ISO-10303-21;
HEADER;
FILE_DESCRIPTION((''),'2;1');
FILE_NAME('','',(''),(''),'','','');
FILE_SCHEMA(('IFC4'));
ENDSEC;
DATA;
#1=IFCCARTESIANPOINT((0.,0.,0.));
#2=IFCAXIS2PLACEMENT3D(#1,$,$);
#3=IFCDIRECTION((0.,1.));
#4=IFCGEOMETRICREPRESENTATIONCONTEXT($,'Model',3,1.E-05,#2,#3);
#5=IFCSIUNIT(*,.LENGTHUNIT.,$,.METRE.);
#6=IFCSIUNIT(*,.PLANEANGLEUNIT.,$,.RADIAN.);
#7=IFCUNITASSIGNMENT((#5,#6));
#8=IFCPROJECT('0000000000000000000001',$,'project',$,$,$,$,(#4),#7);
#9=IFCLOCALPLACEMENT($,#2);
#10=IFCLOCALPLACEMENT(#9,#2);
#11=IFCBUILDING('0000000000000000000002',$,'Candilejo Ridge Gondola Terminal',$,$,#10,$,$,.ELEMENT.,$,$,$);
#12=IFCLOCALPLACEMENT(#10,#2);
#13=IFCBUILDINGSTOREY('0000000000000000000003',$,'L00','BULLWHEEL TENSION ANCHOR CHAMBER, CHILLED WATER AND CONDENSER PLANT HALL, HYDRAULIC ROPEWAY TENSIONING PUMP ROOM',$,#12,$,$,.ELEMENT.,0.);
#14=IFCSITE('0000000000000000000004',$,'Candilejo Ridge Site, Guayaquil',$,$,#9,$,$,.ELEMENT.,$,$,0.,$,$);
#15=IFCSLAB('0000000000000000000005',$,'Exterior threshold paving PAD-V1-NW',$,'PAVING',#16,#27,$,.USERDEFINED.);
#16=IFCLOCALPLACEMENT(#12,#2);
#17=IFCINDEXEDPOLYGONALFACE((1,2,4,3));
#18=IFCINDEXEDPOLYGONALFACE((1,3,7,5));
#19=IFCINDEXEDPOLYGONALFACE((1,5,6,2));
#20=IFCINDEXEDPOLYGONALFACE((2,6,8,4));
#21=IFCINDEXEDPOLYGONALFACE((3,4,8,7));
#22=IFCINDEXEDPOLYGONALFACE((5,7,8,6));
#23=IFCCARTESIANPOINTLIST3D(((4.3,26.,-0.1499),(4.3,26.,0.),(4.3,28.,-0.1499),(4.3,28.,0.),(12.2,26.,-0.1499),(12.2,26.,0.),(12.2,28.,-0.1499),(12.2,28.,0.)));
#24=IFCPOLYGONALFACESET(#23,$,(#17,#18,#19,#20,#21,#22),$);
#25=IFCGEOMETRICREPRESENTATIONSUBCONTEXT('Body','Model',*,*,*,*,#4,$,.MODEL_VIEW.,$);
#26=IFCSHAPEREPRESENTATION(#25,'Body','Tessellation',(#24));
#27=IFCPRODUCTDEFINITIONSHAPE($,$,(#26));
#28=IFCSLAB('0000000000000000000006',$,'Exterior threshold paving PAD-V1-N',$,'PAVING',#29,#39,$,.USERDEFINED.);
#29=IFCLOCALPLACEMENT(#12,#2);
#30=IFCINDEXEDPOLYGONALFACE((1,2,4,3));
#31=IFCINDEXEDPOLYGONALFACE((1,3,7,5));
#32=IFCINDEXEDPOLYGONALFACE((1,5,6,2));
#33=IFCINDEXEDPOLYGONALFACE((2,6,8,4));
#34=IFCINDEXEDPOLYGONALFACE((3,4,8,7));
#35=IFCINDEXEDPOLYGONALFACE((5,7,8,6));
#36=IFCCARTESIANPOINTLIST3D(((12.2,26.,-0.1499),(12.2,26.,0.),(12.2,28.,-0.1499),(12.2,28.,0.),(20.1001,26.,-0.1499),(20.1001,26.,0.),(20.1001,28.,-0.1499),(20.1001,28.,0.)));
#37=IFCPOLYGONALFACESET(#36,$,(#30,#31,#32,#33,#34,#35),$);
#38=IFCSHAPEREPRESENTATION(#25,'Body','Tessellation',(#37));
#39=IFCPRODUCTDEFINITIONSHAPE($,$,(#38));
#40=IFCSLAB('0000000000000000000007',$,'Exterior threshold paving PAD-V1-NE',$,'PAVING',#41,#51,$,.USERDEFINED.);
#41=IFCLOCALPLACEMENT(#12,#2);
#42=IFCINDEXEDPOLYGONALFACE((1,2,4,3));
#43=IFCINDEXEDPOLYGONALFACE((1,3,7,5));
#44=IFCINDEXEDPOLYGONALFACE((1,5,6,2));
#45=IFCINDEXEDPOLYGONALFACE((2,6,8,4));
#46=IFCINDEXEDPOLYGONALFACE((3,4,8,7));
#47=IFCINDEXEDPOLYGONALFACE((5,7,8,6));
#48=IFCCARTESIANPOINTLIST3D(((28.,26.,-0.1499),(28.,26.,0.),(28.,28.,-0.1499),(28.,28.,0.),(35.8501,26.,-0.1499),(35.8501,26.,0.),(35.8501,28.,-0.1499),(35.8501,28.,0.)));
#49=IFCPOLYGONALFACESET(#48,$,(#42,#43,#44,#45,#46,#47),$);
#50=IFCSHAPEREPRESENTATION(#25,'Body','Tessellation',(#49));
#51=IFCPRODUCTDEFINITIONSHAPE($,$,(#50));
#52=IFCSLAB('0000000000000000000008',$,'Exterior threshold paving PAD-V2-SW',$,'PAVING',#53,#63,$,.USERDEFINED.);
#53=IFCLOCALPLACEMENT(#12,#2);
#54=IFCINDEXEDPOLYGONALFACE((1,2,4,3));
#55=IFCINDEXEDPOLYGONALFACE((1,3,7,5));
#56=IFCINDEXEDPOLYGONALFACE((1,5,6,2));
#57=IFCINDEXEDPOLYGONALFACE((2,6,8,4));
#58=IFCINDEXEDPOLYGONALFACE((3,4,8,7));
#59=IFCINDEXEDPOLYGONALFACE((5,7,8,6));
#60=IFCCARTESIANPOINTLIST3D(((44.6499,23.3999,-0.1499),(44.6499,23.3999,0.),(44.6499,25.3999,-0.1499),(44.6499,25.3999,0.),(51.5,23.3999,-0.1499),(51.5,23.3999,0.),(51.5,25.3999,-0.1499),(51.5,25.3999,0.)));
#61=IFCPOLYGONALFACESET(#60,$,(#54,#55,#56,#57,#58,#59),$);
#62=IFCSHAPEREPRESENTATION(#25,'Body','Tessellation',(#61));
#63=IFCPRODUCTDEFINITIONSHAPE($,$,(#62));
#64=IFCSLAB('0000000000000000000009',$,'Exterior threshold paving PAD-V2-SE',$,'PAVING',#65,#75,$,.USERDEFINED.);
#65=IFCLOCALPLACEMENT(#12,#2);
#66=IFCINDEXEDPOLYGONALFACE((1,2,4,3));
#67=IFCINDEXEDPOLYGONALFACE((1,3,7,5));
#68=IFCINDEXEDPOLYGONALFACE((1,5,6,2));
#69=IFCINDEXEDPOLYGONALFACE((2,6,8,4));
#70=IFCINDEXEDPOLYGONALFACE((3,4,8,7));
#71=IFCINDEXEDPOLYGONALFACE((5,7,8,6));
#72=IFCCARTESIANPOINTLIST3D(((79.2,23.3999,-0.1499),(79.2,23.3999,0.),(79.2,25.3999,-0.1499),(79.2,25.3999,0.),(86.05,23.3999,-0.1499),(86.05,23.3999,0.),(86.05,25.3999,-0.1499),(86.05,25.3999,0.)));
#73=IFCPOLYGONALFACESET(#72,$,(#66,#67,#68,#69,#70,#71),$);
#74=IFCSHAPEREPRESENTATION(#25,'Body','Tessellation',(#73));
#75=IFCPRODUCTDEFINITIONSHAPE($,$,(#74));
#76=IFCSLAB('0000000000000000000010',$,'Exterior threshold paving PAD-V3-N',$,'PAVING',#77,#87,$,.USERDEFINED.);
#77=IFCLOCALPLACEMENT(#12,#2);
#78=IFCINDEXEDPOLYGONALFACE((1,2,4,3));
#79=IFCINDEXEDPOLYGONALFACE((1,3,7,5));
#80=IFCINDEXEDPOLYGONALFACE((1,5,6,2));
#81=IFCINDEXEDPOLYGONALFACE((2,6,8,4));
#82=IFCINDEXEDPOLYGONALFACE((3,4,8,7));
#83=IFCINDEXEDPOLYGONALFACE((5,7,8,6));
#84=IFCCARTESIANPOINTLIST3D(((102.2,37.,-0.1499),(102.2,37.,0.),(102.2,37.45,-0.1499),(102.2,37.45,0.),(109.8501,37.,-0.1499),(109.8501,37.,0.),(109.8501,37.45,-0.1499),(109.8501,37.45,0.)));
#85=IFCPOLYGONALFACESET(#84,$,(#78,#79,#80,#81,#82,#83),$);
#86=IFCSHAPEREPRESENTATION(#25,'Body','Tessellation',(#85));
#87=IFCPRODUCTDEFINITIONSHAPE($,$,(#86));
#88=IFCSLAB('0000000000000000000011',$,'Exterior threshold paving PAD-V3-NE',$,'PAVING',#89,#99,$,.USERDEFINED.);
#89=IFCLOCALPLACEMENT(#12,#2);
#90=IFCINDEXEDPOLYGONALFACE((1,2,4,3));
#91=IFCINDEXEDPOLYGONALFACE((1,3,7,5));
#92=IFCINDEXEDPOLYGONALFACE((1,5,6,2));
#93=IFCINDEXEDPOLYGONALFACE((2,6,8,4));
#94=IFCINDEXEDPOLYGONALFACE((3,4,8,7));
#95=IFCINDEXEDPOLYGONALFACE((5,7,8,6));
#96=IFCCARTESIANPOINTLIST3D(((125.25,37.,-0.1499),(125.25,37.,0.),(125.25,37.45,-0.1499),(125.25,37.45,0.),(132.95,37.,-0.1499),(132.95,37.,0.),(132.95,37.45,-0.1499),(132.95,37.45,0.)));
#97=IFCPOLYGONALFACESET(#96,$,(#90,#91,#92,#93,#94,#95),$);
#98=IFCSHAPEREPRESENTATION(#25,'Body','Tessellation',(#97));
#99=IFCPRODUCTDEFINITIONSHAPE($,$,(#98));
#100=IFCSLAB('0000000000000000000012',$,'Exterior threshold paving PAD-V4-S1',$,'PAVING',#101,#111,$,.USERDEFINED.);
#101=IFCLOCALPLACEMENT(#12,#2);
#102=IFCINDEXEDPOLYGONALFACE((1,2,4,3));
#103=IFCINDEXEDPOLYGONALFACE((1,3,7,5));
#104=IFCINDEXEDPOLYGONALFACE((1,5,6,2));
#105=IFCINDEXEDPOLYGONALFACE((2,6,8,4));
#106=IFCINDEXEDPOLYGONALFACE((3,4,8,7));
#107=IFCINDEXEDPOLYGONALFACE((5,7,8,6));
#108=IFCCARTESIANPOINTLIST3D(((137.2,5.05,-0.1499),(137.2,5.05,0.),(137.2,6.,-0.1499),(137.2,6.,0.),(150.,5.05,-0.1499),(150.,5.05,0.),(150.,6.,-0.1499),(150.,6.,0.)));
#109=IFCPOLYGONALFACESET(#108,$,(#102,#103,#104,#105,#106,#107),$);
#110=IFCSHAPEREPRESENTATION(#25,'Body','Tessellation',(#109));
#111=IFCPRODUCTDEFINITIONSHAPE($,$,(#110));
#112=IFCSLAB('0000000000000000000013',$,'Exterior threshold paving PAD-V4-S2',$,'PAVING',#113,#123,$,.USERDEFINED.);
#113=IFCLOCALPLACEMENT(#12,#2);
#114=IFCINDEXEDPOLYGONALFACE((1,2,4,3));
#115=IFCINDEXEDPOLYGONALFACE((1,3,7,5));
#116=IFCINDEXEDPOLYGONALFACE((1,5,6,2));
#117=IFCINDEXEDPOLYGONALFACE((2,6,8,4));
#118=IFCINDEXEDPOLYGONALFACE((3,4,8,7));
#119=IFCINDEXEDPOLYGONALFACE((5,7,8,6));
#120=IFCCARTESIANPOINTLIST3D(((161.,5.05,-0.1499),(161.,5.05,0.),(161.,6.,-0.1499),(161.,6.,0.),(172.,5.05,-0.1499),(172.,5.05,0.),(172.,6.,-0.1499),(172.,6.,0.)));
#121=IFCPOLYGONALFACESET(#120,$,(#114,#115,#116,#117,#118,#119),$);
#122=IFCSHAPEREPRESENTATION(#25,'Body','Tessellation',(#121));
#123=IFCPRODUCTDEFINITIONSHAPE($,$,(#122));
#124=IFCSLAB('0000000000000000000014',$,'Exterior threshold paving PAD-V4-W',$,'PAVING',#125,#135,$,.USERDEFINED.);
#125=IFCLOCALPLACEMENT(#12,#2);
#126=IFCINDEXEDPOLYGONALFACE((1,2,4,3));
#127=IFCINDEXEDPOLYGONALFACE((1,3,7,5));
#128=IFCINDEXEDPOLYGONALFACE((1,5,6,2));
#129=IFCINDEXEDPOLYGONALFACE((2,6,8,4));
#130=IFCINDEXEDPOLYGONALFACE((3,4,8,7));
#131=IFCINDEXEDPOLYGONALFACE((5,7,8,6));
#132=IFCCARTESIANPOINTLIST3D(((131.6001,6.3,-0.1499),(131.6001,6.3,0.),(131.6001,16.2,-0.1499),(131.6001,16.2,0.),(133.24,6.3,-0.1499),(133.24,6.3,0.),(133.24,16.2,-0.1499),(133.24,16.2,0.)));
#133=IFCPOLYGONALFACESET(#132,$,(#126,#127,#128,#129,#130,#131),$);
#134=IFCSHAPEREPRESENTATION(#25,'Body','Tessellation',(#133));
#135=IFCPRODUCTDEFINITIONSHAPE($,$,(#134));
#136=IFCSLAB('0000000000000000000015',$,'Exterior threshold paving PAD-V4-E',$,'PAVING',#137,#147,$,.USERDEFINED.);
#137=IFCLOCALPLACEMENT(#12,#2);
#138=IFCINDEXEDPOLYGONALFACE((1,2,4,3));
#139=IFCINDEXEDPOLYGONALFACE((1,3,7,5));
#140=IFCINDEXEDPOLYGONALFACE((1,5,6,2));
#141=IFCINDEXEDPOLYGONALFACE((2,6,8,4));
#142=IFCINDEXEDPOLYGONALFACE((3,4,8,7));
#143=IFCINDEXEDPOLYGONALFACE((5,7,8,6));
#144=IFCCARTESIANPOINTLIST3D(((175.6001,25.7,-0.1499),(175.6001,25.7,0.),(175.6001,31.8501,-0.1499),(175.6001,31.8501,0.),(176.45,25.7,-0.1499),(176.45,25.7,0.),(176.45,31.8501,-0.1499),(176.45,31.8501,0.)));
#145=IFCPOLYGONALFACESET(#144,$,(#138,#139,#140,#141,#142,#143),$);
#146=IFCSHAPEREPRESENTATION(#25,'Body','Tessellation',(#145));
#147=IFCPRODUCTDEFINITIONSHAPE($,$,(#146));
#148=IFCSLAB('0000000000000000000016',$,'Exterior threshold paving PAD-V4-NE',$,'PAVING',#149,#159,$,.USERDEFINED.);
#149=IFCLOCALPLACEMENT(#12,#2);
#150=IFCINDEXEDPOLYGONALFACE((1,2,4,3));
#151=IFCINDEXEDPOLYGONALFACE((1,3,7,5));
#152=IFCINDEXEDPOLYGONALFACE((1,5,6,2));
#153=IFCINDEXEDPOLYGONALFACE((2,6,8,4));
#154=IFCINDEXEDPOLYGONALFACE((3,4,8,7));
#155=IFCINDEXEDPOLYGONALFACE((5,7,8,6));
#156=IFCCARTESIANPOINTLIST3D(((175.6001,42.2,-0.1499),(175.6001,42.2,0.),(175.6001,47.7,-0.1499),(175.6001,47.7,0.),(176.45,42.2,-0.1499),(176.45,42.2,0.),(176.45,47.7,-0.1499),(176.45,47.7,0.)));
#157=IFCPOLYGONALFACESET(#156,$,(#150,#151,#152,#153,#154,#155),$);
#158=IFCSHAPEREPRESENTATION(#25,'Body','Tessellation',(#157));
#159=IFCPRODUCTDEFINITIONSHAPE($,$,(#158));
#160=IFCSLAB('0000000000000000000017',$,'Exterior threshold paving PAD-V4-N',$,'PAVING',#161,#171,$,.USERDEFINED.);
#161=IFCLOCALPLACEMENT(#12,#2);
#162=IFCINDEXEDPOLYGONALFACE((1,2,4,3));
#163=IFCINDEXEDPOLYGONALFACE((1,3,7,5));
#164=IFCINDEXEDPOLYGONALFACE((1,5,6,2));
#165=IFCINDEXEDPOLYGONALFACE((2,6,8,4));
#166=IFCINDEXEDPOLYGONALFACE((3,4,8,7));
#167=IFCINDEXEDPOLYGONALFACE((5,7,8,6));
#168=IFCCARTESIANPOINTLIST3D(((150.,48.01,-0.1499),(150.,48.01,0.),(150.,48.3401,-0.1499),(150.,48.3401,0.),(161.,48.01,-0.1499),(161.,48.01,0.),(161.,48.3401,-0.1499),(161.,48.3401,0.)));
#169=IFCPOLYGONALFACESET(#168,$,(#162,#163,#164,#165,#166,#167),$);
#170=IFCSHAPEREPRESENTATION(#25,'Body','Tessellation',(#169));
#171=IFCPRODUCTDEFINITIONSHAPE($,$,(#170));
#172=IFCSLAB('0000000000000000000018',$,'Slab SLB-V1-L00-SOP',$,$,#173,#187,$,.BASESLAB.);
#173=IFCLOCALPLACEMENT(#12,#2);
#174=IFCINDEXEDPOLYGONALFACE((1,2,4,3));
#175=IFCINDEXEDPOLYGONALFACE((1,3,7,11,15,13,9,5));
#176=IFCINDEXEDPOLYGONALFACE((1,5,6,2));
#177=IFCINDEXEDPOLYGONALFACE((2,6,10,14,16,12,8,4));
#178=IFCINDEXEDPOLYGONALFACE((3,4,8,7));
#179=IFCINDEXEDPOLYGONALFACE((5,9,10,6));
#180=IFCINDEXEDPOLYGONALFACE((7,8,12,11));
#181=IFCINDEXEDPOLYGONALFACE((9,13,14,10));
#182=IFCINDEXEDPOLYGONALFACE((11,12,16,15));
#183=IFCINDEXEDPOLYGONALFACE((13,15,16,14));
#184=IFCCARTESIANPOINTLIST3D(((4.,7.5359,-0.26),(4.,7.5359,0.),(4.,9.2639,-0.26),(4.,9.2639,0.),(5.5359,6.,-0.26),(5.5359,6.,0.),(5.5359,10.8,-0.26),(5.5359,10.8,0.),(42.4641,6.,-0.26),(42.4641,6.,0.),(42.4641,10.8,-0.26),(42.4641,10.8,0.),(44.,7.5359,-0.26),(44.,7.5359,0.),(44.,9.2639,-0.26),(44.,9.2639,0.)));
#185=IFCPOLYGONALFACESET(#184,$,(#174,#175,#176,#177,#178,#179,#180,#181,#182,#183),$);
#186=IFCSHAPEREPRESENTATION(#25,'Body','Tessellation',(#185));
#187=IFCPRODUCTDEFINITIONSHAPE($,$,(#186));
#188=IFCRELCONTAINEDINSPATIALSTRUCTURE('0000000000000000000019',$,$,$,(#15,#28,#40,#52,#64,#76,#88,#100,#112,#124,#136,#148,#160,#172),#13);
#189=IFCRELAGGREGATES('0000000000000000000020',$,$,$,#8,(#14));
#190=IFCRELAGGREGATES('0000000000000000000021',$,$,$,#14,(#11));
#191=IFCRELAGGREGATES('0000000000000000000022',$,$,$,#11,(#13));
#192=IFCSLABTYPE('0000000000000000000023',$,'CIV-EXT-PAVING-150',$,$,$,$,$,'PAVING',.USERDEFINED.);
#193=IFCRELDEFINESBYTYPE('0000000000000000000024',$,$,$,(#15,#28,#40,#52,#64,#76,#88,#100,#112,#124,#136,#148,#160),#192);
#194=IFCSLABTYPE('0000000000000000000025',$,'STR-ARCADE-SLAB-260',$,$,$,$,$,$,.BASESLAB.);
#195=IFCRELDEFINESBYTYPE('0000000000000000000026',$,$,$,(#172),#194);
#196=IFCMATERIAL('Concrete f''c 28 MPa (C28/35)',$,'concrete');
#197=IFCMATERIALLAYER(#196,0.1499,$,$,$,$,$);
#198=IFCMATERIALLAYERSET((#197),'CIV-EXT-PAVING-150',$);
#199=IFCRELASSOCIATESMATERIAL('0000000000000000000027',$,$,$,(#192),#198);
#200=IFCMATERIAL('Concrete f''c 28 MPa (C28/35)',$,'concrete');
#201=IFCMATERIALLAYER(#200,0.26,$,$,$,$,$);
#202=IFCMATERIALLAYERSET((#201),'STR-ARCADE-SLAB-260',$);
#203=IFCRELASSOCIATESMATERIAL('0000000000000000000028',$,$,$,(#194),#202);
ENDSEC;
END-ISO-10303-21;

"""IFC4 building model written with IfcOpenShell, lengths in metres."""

from ifc_helpers import new_model, si_unit, direction, frame, origin, place, context, subcontext, project, spatial, polyline, outline, extrude, material, layer, layer_set, type_object, element, save


model = new_model("IFC4")

# Units and contexts
model_context = context("Model", 3, precision=1e-05, world=origin(), true_north=direction((0.0, 1.0)))
body_context = subcontext(model_context, "Body", "Model", "MODEL_VIEW")
ifc_project = project(units=[si_unit("LENGTHUNIT", "METRE"), si_unit("PLANEANGLEUNIT", "RADIAN")], contexts=[model_context])

# Site, building, storey
site_placement = place(None, origin())
site = spatial("IfcSite", under=ifc_project, at=site_placement, Name="Candilejo Ridge Site, Guayaquil", CompositionType="ELEMENT", RefElevation=0.0)
building_placement = place(site_placement, origin())
building = spatial("IfcBuilding", under=site, at=building_placement, Name="Candilejo Ridge Gondola Terminal", CompositionType="ELEMENT")
storey_placement = place(building_placement, origin())
storey = spatial("IfcBuildingStorey", under=building, at=storey_placement, Name="L00", Description="BULLWHEEL TENSION ANCHOR CHAMBER, CHILLED WATER AND CONDENSER PLANT HALL, HYDRAULIC ROPEWAY TENSIONING PUMP ROOM", CompositionType="ELEMENT", Elevation=0.0)

# Slabs
ifc_material_1 = material(Name="Concrete f'c 28 MPa (C28/35)", Category="concrete")
ifc_layer_1 = layer(ifc_material_1, 0.1499)
ifc_layer_set_1 = layer_set([ifc_layer_1], Name="CIV-EXT-PAVING-150")
slab_type_1 = type_object("IfcSlabType", Name="CIV-EXT-PAVING-150", ElementType="PAVING", PredefinedType="USERDEFINED", material=ifc_layer_set_1)
slab_1_placement = place(storey_placement, frame((0.0, 0.0, -0.1499)))
element("IfcSlab", 1, at=slab_1_placement, inside=storey, type_object=slab_type_1, Name="Exterior threshold paving PAD-V1-NW", ObjectType="PAVING", PredefinedType="USERDEFINED", context=body_context, shape_type="SweptSolid", body=[
    extrude(outline(polyline([(4.3, 26.0), (12.2, 26.0), (12.2, 28.0), (4.3, 28.0), (4.3, 26.0)])), origin(), (0.0, 0.0, 1.0), 0.1499),
])
slab_2_placement = place(storey_placement, frame((0.0, 0.0, -0.1499)))
element("IfcSlab", 2, at=slab_2_placement, inside=storey, type_object=slab_type_1, Name="Exterior threshold paving PAD-V1-N", ObjectType="PAVING", PredefinedType="USERDEFINED", context=body_context, shape_type="SweptSolid", body=[
    extrude(outline(polyline([(12.2, 26.0), (20.1001, 26.0), (20.1001, 28.0), (12.2, 28.0), (12.2, 26.0)])), origin(), (0.0, 0.0, 1.0), 0.1499),
])
slab_3_placement = place(storey_placement, frame((0.0, 0.0, -0.1499)))
element("IfcSlab", 3, at=slab_3_placement, inside=storey, type_object=slab_type_1, Name="Exterior threshold paving PAD-V1-NE", ObjectType="PAVING", PredefinedType="USERDEFINED", context=body_context, shape_type="SweptSolid", body=[
    extrude(outline(polyline([(28.0, 26.0), (35.8501, 26.0), (35.8501, 28.0), (28.0, 28.0), (28.0, 26.0)])), origin(), (0.0, 0.0, 1.0), 0.1499),
])
slab_4_placement = place(storey_placement, frame((0.0, 0.0, -0.1499)))
element("IfcSlab", 4, at=slab_4_placement, inside=storey, type_object=slab_type_1, Name="Exterior threshold paving PAD-V2-SW", ObjectType="PAVING", PredefinedType="USERDEFINED", context=body_context, shape_type="SweptSolid", body=[
    extrude(outline(polyline([(44.6499, 23.3999), (51.5, 23.3999), (51.5, 25.3999), (44.6499, 25.3999), (44.6499, 23.3999)])), origin(), (0.0, 0.0, 1.0), 0.1499),
])
slab_5_placement = place(storey_placement, frame((0.0, 0.0, -0.1499)))
element("IfcSlab", 5, at=slab_5_placement, inside=storey, type_object=slab_type_1, Name="Exterior threshold paving PAD-V2-SE", ObjectType="PAVING", PredefinedType="USERDEFINED", context=body_context, shape_type="SweptSolid", body=[
    extrude(outline(polyline([(79.2, 23.3999), (86.05, 23.3999), (86.05, 25.3999), (79.2, 25.3999), (79.2, 23.3999)])), origin(), (0.0, 0.0, 1.0), 0.1499),
])
slab_6_placement = place(storey_placement, frame((0.0, 0.0, -0.1499)))
element("IfcSlab", 6, at=slab_6_placement, inside=storey, type_object=slab_type_1, Name="Exterior threshold paving PAD-V3-N", ObjectType="PAVING", PredefinedType="USERDEFINED", context=body_context, shape_type="SweptSolid", body=[
    extrude(outline(polyline([(102.2, 37.0), (109.8501, 37.0), (109.8501, 37.45), (102.2, 37.45), (102.2, 37.0)])), origin(), (0.0, 0.0, 1.0), 0.1499),
])
slab_7_placement = place(storey_placement, frame((0.0, 0.0, -0.1499)))
element("IfcSlab", 7, at=slab_7_placement, inside=storey, type_object=slab_type_1, Name="Exterior threshold paving PAD-V3-NE", ObjectType="PAVING", PredefinedType="USERDEFINED", context=body_context, shape_type="SweptSolid", body=[
    extrude(outline(polyline([(125.25, 37.0), (132.95, 37.0), (132.95, 37.45), (125.25, 37.45), (125.25, 37.0)])), origin(), (0.0, 0.0, 1.0), 0.1499),
])
slab_8_placement = place(storey_placement, frame((0.0, 0.0, -0.1499)))
element("IfcSlab", 8, at=slab_8_placement, inside=storey, type_object=slab_type_1, Name="Exterior threshold paving PAD-V4-S1", ObjectType="PAVING", PredefinedType="USERDEFINED", context=body_context, shape_type="SweptSolid", body=[
    extrude(outline(polyline([(137.2, 5.05), (150.0, 5.05), (150.0, 6.0), (137.2, 6.0), (137.2, 5.05)])), origin(), (0.0, 0.0, 1.0), 0.1499),
])
slab_9_placement = place(storey_placement, frame((0.0, 0.0, -0.1499)))
element("IfcSlab", 9, at=slab_9_placement, inside=storey, type_object=slab_type_1, Name="Exterior threshold paving PAD-V4-S2", ObjectType="PAVING", PredefinedType="USERDEFINED", context=body_context, shape_type="SweptSolid", body=[
    extrude(outline(polyline([(161.0, 5.05), (172.0, 5.05), (172.0, 6.0), (161.0, 6.0), (161.0, 5.05)])), origin(), (0.0, 0.0, 1.0), 0.1499),
])
slab_10_placement = place(storey_placement, frame((0.0, 0.0, -0.1499)))
element("IfcSlab", 10, at=slab_10_placement, inside=storey, type_object=slab_type_1, Name="Exterior threshold paving PAD-V4-W", ObjectType="PAVING", PredefinedType="USERDEFINED", context=body_context, shape_type="SweptSolid", body=[
    extrude(outline(polyline([(131.6001, 6.3), (133.24, 6.3), (133.24, 16.2), (131.6001, 16.2), (131.6001, 6.3)])), origin(), (0.0, 0.0, 1.0), 0.1499),
])
slab_11_placement = place(storey_placement, frame((0.0, 0.0, -0.1499)))
element("IfcSlab", 11, at=slab_11_placement, inside=storey, type_object=slab_type_1, Name="Exterior threshold paving PAD-V4-E", ObjectType="PAVING", PredefinedType="USERDEFINED", context=body_context, shape_type="SweptSolid", body=[
    extrude(outline(polyline([(175.6001, 25.7), (176.45, 25.7), (176.45, 31.8501), (175.6001, 31.8501), (175.6001, 25.7)])), origin(), (0.0, 0.0, 1.0), 0.1499),
])
slab_12_placement = place(storey_placement, frame((0.0, 0.0, -0.1499)))
element("IfcSlab", 12, at=slab_12_placement, inside=storey, type_object=slab_type_1, Name="Exterior threshold paving PAD-V4-NE", ObjectType="PAVING", PredefinedType="USERDEFINED", context=body_context, shape_type="SweptSolid", body=[
    extrude(outline(polyline([(175.6001, 42.2), (176.45, 42.2), (176.45, 47.7), (175.6001, 47.7), (175.6001, 42.2)])), origin(), (0.0, 0.0, 1.0), 0.1499),
])
slab_13_placement = place(storey_placement, frame((0.0, 0.0, -0.1499)))
element("IfcSlab", 13, at=slab_13_placement, inside=storey, type_object=slab_type_1, Name="Exterior threshold paving PAD-V4-N", ObjectType="PAVING", PredefinedType="USERDEFINED", context=body_context, shape_type="SweptSolid", body=[
    extrude(outline(polyline([(150.0, 48.01), (161.0, 48.01), (161.0, 48.3401), (150.0, 48.3401), (150.0, 48.01)])), origin(), (0.0, 0.0, 1.0), 0.1499),
])
ifc_material_2 = material(Name="Concrete f'c 28 MPa (C28/35)", Category="concrete")
ifc_layer_2 = layer(ifc_material_2, 0.26)
ifc_layer_set_2 = layer_set([ifc_layer_2], Name="STR-ARCADE-SLAB-260")
slab_type_2 = type_object("IfcSlabType", Name="STR-ARCADE-SLAB-260", PredefinedType="BASESLAB", material=ifc_layer_set_2)
slab_14_placement = place(storey_placement, frame((0.0, 0.0, -0.26)))
element("IfcSlab", 14, at=slab_14_placement, inside=storey, type_object=slab_type_2, Name="Slab SLB-V1-L00-SOP", PredefinedType="BASESLAB", context=body_context, shape_type="SweptSolid", body=[
    extrude(outline(polyline([(5.5359, 6.0), (42.4641, 6.0), (44.0, 7.5359), (44.0, 9.2639), (42.4641, 10.8), (5.5359, 10.8), (4.0, 9.2639), (4.0, 7.5359), (5.5359, 6.0)])), origin(), (0.0, 0.0, 1.0), 0.26),
])

save(model, "model.ifc")
